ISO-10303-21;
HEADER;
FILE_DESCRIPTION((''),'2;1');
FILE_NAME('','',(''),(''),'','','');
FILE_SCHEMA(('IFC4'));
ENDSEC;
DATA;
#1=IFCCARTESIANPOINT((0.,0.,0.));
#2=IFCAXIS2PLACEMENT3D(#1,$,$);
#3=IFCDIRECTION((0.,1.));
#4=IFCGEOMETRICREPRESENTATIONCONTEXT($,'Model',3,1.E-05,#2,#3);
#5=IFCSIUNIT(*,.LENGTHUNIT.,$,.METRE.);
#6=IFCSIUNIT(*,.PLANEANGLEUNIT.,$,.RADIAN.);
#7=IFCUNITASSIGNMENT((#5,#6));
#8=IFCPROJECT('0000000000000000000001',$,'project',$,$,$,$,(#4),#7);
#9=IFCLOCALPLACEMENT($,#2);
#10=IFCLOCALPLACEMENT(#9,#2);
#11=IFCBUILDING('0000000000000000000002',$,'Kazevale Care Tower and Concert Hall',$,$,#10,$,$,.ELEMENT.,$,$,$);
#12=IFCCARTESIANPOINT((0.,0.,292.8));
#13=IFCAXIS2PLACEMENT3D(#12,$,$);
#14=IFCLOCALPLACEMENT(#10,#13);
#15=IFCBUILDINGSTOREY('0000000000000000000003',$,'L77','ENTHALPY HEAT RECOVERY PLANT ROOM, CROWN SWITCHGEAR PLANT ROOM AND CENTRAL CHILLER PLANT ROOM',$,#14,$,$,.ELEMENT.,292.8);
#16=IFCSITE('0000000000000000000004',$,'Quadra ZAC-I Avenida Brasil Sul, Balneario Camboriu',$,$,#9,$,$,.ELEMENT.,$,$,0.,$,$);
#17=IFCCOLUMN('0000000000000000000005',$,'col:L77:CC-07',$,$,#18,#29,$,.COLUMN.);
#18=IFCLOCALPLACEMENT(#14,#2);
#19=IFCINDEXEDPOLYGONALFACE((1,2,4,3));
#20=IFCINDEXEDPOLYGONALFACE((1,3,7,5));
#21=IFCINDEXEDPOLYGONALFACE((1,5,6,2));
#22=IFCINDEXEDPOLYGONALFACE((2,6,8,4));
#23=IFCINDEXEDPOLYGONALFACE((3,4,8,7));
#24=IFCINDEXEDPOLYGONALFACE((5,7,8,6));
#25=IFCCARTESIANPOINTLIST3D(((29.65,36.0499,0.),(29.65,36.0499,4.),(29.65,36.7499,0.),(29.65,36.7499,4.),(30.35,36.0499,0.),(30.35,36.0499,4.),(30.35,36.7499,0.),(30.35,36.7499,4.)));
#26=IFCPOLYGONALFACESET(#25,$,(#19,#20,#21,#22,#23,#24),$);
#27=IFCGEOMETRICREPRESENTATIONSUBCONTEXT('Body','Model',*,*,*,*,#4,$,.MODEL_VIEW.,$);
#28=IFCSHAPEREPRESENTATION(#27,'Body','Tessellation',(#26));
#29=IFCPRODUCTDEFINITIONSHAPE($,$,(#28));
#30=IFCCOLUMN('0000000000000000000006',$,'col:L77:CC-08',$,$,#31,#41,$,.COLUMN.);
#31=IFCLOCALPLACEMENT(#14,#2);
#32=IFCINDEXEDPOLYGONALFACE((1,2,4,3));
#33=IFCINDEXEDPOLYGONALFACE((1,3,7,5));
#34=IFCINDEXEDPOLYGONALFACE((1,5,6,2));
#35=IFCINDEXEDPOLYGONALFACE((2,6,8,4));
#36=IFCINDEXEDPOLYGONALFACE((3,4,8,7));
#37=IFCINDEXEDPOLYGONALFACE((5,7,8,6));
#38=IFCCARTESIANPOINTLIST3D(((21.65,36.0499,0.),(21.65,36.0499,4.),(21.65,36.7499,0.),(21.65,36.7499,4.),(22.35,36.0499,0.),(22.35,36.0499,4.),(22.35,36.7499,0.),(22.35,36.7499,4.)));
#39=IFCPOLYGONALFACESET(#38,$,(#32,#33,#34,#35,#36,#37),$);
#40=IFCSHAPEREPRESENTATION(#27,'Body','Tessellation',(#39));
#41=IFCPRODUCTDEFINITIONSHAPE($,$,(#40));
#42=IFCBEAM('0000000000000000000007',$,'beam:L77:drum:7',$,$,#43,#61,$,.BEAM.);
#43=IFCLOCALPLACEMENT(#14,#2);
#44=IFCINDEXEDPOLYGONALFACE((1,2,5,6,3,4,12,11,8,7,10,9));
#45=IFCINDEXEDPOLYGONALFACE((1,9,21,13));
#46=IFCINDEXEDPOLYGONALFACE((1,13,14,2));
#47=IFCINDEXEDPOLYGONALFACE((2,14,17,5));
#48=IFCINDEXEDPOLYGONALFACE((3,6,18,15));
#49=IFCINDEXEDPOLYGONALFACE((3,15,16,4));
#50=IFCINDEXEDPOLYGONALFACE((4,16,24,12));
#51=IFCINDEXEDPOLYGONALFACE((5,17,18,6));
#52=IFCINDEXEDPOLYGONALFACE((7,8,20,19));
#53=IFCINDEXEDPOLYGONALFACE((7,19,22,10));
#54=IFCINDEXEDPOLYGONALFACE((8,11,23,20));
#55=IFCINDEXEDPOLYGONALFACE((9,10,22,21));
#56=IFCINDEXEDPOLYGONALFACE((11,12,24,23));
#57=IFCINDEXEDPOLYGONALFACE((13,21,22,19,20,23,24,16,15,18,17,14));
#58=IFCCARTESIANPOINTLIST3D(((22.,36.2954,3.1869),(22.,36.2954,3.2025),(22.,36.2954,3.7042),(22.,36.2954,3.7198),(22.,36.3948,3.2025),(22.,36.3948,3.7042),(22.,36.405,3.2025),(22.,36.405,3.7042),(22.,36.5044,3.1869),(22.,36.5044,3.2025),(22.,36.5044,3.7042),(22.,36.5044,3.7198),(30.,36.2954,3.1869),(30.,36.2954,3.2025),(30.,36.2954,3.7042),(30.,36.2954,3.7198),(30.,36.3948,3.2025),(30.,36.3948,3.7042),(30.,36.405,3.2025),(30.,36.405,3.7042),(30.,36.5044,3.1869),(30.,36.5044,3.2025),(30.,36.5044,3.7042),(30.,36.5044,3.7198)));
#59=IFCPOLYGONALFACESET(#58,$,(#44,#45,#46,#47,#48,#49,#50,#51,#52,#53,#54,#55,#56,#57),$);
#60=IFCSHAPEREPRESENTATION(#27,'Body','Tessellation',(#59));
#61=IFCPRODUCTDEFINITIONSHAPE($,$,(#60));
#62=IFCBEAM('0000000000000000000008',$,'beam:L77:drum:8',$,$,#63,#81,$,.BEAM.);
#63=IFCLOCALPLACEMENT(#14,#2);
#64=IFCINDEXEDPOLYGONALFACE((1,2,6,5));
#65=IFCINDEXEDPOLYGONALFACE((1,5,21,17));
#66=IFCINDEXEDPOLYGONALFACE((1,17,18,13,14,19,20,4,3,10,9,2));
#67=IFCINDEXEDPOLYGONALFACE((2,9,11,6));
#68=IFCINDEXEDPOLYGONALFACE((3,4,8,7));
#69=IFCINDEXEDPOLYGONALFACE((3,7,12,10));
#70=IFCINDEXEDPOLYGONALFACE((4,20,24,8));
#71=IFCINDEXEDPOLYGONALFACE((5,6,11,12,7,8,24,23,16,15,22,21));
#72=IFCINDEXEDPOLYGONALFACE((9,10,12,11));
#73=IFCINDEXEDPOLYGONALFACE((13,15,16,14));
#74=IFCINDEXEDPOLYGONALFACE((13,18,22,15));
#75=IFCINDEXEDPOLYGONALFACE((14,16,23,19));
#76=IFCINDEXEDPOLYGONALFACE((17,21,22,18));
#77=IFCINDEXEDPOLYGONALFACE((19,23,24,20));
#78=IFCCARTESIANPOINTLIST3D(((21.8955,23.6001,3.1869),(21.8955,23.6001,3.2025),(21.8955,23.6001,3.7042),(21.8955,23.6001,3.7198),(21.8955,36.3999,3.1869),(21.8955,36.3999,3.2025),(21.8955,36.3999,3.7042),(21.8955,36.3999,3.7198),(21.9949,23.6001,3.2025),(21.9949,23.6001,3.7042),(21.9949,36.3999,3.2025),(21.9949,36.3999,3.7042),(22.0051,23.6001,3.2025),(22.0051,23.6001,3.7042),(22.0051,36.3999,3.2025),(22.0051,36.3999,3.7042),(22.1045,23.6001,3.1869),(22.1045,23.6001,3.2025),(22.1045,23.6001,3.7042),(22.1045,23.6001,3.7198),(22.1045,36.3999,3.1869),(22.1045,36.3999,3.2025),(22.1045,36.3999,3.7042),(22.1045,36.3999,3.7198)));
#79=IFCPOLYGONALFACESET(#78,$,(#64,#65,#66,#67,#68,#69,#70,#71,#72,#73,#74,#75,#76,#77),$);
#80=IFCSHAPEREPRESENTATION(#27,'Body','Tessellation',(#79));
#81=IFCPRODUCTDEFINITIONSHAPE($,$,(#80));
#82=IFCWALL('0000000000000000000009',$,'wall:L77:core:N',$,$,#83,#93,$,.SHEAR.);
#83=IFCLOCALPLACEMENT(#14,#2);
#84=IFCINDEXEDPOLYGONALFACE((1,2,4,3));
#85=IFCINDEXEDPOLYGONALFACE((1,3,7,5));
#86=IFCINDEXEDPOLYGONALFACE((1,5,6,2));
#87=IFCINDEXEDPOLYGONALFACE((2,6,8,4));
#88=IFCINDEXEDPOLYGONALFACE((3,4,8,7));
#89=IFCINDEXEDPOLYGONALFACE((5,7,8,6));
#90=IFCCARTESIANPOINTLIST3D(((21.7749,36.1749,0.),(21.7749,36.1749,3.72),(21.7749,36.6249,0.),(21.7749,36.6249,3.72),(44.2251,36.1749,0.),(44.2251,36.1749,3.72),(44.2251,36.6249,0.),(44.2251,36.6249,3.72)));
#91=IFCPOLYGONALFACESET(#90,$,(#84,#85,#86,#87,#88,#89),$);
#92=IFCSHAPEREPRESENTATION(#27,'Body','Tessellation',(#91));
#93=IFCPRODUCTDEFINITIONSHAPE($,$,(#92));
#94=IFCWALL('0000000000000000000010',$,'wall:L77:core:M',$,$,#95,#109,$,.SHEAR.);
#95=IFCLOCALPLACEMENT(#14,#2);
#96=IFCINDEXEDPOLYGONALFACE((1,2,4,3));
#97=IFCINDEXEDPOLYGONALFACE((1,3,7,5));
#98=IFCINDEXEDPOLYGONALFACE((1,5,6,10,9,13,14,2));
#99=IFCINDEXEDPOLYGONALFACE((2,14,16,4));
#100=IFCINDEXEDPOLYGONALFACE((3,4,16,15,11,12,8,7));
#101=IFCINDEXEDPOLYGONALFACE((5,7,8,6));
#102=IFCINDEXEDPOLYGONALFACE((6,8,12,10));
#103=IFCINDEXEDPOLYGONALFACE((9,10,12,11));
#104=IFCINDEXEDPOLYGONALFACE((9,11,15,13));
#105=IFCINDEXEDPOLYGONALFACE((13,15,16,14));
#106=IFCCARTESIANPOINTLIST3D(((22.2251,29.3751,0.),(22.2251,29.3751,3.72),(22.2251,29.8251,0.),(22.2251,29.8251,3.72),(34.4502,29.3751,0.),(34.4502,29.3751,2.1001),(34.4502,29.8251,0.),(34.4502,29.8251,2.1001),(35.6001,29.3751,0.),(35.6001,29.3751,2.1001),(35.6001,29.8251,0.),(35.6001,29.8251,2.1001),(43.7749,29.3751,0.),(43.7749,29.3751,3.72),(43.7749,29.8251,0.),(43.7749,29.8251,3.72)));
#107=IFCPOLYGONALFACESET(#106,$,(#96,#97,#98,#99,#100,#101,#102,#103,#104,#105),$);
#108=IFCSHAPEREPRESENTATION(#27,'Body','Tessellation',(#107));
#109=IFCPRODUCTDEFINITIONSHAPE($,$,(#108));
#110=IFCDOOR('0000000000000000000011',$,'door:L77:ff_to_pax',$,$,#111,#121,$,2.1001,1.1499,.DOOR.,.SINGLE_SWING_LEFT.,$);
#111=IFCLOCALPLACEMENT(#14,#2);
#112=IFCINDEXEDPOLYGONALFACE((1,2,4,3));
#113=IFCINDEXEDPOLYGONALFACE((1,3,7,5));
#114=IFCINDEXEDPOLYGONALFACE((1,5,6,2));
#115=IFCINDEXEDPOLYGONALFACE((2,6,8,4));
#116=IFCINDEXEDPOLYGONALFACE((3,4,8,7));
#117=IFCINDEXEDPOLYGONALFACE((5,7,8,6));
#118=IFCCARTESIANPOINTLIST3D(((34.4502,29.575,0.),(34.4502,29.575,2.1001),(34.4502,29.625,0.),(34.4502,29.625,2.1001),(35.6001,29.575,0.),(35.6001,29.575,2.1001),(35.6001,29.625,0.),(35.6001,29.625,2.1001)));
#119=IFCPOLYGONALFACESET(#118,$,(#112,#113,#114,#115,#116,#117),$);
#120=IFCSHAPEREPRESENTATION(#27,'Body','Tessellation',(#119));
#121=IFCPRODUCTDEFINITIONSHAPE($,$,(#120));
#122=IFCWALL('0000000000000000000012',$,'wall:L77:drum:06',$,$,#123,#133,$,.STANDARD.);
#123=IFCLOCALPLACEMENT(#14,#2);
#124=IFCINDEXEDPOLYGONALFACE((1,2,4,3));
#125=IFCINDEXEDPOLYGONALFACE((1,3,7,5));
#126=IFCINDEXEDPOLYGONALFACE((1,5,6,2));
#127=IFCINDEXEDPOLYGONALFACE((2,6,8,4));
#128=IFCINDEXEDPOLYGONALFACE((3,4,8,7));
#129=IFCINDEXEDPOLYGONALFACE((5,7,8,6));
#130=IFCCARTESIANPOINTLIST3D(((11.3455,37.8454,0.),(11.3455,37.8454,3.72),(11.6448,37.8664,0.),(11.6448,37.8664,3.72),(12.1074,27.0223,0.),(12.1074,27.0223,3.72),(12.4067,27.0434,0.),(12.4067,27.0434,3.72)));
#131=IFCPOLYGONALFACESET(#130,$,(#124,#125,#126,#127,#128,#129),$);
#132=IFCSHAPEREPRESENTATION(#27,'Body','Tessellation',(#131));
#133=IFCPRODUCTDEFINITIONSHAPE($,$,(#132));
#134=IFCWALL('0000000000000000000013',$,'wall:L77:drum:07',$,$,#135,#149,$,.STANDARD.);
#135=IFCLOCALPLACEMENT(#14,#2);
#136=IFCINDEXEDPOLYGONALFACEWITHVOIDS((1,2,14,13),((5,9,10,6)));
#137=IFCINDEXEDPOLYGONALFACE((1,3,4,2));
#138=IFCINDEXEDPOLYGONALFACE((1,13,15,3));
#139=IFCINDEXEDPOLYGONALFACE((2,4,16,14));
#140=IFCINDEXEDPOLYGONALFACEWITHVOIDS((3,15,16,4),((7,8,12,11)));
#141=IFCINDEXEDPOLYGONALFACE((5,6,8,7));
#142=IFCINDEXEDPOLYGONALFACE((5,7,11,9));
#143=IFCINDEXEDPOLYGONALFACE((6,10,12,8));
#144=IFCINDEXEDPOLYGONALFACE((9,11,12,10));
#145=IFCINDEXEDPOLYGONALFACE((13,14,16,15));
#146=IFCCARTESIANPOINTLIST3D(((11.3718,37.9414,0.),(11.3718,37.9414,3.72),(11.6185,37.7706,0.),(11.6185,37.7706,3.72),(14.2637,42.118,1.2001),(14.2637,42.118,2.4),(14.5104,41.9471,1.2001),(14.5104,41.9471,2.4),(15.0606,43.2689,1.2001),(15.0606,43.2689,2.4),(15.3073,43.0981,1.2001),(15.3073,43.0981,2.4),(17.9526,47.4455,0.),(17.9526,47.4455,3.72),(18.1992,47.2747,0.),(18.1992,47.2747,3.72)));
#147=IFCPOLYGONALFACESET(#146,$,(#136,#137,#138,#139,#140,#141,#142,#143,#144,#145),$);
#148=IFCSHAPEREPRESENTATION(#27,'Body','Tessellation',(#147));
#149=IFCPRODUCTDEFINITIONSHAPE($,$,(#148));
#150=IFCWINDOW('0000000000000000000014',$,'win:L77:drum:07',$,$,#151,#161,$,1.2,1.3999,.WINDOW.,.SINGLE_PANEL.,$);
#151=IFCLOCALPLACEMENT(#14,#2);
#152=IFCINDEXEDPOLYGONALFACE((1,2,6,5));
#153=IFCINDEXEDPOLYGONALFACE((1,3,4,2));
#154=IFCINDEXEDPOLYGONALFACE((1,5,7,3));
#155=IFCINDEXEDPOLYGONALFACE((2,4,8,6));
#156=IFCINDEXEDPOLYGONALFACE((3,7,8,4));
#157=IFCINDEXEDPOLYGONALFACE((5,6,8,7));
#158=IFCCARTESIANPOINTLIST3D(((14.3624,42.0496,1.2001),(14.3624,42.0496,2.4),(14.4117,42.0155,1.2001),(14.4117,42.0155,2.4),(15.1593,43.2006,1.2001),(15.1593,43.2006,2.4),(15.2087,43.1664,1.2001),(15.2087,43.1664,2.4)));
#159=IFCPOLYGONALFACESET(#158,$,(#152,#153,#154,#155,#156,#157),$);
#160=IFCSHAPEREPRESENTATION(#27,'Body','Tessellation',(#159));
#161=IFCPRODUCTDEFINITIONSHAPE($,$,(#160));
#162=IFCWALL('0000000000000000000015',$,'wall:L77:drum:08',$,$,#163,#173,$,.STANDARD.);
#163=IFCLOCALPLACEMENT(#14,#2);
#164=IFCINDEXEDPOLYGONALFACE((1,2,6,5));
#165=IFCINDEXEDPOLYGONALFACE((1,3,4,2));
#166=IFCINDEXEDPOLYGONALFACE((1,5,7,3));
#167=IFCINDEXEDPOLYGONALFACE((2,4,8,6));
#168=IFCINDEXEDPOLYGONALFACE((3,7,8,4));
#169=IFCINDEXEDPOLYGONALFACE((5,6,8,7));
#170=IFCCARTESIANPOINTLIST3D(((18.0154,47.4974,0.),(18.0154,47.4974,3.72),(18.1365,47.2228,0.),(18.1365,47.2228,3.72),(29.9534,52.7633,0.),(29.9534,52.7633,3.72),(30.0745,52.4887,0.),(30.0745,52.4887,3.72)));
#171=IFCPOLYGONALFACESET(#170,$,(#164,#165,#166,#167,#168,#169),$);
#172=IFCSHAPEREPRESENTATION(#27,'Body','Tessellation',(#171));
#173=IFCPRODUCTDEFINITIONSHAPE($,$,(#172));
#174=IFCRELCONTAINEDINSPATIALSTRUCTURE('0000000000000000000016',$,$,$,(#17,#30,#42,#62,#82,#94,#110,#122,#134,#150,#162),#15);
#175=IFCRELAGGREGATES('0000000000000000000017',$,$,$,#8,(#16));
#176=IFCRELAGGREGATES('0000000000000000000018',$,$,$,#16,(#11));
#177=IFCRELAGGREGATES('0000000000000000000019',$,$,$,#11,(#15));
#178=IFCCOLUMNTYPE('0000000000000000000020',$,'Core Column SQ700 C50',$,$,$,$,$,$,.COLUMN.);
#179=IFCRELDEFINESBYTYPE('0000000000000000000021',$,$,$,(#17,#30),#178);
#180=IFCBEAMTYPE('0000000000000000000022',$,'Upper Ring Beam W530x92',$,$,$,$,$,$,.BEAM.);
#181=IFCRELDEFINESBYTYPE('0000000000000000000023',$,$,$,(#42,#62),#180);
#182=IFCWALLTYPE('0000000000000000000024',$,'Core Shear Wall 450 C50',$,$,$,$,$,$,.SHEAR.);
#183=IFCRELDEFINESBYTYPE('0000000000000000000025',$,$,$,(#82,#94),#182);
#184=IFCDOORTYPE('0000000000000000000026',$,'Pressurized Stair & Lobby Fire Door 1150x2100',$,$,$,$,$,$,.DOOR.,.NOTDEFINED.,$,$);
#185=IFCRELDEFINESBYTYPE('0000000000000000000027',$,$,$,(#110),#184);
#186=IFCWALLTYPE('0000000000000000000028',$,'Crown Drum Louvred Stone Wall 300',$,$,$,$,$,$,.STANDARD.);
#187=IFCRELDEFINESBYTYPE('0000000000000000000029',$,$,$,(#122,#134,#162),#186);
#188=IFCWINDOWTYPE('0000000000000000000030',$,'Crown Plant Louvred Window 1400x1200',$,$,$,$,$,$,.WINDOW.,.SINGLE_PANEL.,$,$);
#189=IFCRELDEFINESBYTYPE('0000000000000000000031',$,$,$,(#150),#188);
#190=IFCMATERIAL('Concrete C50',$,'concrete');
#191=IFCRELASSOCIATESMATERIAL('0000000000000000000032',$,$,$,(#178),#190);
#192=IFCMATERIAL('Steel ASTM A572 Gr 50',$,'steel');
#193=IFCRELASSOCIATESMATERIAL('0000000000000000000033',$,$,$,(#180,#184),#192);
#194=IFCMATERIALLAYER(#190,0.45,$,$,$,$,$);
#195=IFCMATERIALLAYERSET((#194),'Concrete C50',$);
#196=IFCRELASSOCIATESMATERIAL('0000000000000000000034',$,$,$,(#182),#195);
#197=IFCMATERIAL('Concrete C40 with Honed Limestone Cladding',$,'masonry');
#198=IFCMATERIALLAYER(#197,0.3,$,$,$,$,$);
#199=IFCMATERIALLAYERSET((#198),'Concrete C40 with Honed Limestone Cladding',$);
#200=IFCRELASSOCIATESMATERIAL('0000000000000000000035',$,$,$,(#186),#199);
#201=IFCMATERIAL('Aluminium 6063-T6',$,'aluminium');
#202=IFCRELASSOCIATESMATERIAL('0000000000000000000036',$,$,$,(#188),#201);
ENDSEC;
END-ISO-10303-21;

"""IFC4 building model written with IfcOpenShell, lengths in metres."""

from ifc_helpers import new_model, si_unit, direction, frame, frame_2d, origin, origin_2d, place, context, subcontext, project, spatial, rectangle, i_section, extrude, material, layer, layer_set, material_profile, profile_set, type_object, element, fill, save


model = new_model("IFC4")

# Units and contexts
model_context = context("Model", 3, precision=1e-05, world=origin(), true_north=direction((0.0, 1.0)))
body_context = subcontext(model_context, "Body", "Model", "MODEL_VIEW")
ifc_project = project(units=[si_unit("LENGTHUNIT", "METRE"), si_unit("PLANEANGLEUNIT", "RADIAN")], contexts=[model_context])

# Site, building, storey
site_placement = place(None, origin())
site = spatial("IfcSite", under=ifc_project, at=site_placement, Name="Quadra ZAC-I Avenida Brasil Sul, Balneario Camboriu", CompositionType="ELEMENT", RefElevation=0.0)
building_placement = place(site_placement, origin())
building = spatial("IfcBuilding", under=site, at=building_placement, Name="Kazevale Care Tower and Concert Hall", CompositionType="ELEMENT")
storey_placement = place(building_placement, frame((0.0, 0.0, 292.8)))
storey = spatial("IfcBuildingStorey", under=building, at=storey_placement, Name="L77", Description="ENTHALPY HEAT RECOVERY PLANT ROOM, CROWN SWITCHGEAR PLANT ROOM AND CENTRAL CHILLER PLANT ROOM", CompositionType="ELEMENT", Elevation=292.8)

# Columns
ifc_material_1 = material(Name="Concrete C50", Category="concrete")
ifc_material_profile_1 = material_profile(ifc_material_1, rectangle(XDim=0.7, YDim=0.7, at=origin_2d()), Name="RC-SQ700")
ifc_profile_set_1 = profile_set([ifc_material_profile_1], Name="Concrete C50")
column_type = type_object("IfcColumnType", Name="Core Column SQ700 C50", PredefinedType="COLUMN", material=ifc_profile_set_1)
for number, where, z_axis, x_axis, name in (
    (1, (30.0, 36.3999, 0.0), (0.0, 0.0, 1.0), (1.0, 0.0, 0.0), "col:L77:CC-07"),
    (2, (22.0, 36.3999, 0.0), (0.0, 0.0, 1.0), (1.0, 0.0, 0.0), "col:L77:CC-08"),
):
    element("IfcColumn", number, at=place(storey_placement, frame(where, z_axis=z_axis, x_axis=x_axis)), inside=storey, type_object=column_type, Name=name, PredefinedType="COLUMN", context=body_context, shape_type="SweptSolid", body=[
        extrude(rectangle(XDim=0.7, YDim=0.7, at=origin_2d()), origin(), (0.0, 0.0, 1.0), 4.0),
    ])

# Beams
ifc_material_2 = material(Name="Steel ASTM A572 Gr 50", Category="steel")
ifc_material_profile_2 = material_profile(ifc_material_2, i_section(OverallWidth=0.209, OverallDepth=0.533, WebThickness=0.0103, FlangeThickness=0.0156, at=origin_2d()), Name="W530x92")
ifc_profile_set_2 = profile_set([ifc_material_profile_2], Name="Steel ASTM A572 Gr 50")
beam_type = type_object("IfcBeamType", Name="Upper Ring Beam W530x92", PredefinedType="BEAM", material=ifc_profile_set_2)
beam_1_placement = place(storey_placement, frame((30.0, 36.3999, 3.4534), z_axis=(-1.0, 0.0, 0.0), x_axis=(0.0, -1.0, 0.0)))
element("IfcBeam", 3, at=beam_1_placement, inside=storey, type_object=beam_type, Name="beam:L77:drum:7", PredefinedType="BEAM", context=body_context, shape_type="SweptSolid", body=[
    extrude(i_section(OverallWidth=0.209, OverallDepth=0.533, WebThickness=0.0103, FlangeThickness=0.0156, at=origin_2d()), origin(), (0.0, 0.0, 1.0), 8.0),
])
beam_2_placement = place(storey_placement, frame((22.0, 36.3999, 3.4534), z_axis=(0.0, -1.0, 0.0), x_axis=(1.0, 0.0, 0.0)))
element("IfcBeam", 4, at=beam_2_placement, inside=storey, type_object=beam_type, Name="beam:L77:drum:8", PredefinedType="BEAM", context=body_context, shape_type="SweptSolid", body=[
    extrude(i_section(OverallWidth=0.209, OverallDepth=0.533, WebThickness=0.0103, FlangeThickness=0.0156, at=origin_2d()), origin(), (0.0, 0.0, 1.0), 12.7998),
])

# Wall
ifc_layer_1 = layer(ifc_material_1, 0.45)
ifc_layer_set_1 = layer_set([ifc_layer_1], Name="Concrete C50")
wall_type_1 = type_object("IfcWallType", Name="Core Shear Wall 450 C50", PredefinedType="SHEAR", material=ifc_layer_set_1)
wall_1_placement = place(storey_placement, frame((21.7749, 36.3999, 0.0), z_axis=(0.0, 0.0, 1.0), x_axis=(1.0, 0.0, 0.0)))
element("IfcWall", 5, at=wall_1_placement, inside=storey, type_object=wall_type_1, Name="wall:L77:core:N", PredefinedType="SHEAR", context=body_context, shape_type="SweptSolid", body=[
    extrude(rectangle(XDim=22.4502, YDim=0.45, at=frame_2d((11.2251, 0.0))), origin(), (0.0, 0.0, 1.0), 3.72),
])

# Wall, opening, door
wall_2_placement = place(storey_placement, frame((22.2251, 29.6001, 0.0), z_axis=(0.0, 0.0, 1.0), x_axis=(1.0, 0.0, 0.0)))
wall_2 = element("IfcWall", 6, at=wall_2_placement, inside=storey, type_object=wall_type_1, Name="wall:L77:core:M", PredefinedType="SHEAR", context=body_context, shape_type="SweptSolid", body=[
    extrude(rectangle(XDim=21.5498, YDim=0.45, at=frame_2d((10.7749, 0.0))), origin(), (0.0, 0.0, 1.0), 3.72),
])
opening_1_placement = place(wall_2_placement, frame((12.2251, 0.0, 0.0)))
opening_1 = element("IfcOpeningElement", 7, at=opening_1_placement, cuts=wall_2, PredefinedType="OPENING", context=body_context, shape_type="SweptSolid", body=[
    extrude(rectangle(XDim=1.1499, YDim=2.1001, at=frame_2d((0.575, 1.05))), frame((0.0, 0.2349, 0.0), z_axis=(0.0, -1.0, 0.0), x_axis=(1.0, 0.0, 0.0)), (0.0, 0.0, 1.0), 0.47),
])
door_type_1 = type_object("IfcDoorType", Name="Pressurized Stair & Lobby Fire Door 1150x2100", OperationType="NOTDEFINED", PredefinedType="DOOR", material=ifc_material_2)
door_1_placement = place(opening_1_placement, origin())
door_1 = element("IfcDoor", 8, at=door_1_placement, inside=storey, type_object=door_type_1, Name="door:L77:ff_to_pax", OperationType="SINGLE_SWING_LEFT", OverallHeight=2.1001, OverallWidth=1.1499, PredefinedType="DOOR", context=body_context, shape_type="SweptSolid", body=[
    extrude(rectangle(XDim=1.1499, YDim=2.1001, at=frame_2d((0.575, 1.05))), frame((0.0, 0.0249, 0.0), z_axis=(0.0, -1.0, 0.0), x_axis=(1.0, 0.0, 0.0)), (0.0, 0.0, 1.0), 0.05),
])
fill(opening_1, door_1)

# Wall
ifc_material_3 = material(Name="Concrete C40 with Honed Limestone Cladding", Category="masonry")
ifc_layer_2 = layer(ifc_material_3, 0.3)
ifc_layer_set_2 = layer_set([ifc_layer_2], Name="Concrete C40 with Honed Limestone Cladding")
wall_type_2 = type_object("IfcWallType", Name="Crown Drum Louvred Stone Wall 300", PredefinedType="STANDARD", material=ifc_layer_set_2)
wall_3_placement = place(storey_placement, frame((12.2571, 27.033, 0.0), z_axis=(0.0, 0.0, 1.0), x_axis=(-0.070228, 0.997531, 0.0)))
element("IfcWall", 9, at=wall_3_placement, inside=storey, type_object=wall_type_2, Name="wall:L77:drum:06", PredefinedType="STANDARD", context=body_context, shape_type="SweptSolid", body=[
    extrude(rectangle(XDim=10.8499, YDim=0.3, at=frame_2d((5.4248, 0.0))), origin(), (0.0, 0.0, 1.0), 3.72),
])

# Wall, opening, window
wall_4_placement = place(storey_placement, frame((11.4951, 37.856, 0.0), z_axis=(0.0, 0.0, 1.0), x_axis=(0.569269, 0.822151, 0.0)))
wall_4 = element("IfcWall", 10, at=wall_4_placement, inside=storey, type_object=wall_type_2, Name="wall:L77:drum:07", PredefinedType="STANDARD", context=body_context, shape_type="SweptSolid", body=[
    extrude(rectangle(XDim=11.5601, YDim=0.3, at=frame_2d((5.78, 0.0))), origin(), (0.0, 0.0, 1.0), 3.72),
])
opening_2_placement = place(wall_4_placement, frame((5.0801, 0.0, 1.2)))
opening_2 = element("IfcOpeningElement", 11, at=opening_2_placement, cuts=wall_4, PredefinedType="OPENING", context=body_context, shape_type="SweptSolid", body=[
    extrude(rectangle(XDim=1.3999, YDim=1.2, at=frame_2d((0.7, 0.6001))), frame((0.0, 0.1599, 0.0), z_axis=(0.0, -1.0, 0.0), x_axis=(1.0, 0.0, 0.0)), (0.0, 0.0, 1.0), 0.3201),
])
ifc_material_4 = material(Name="Aluminium 6063-T6", Category="aluminium")
window_type = type_object("IfcWindowType", Name="Crown Plant Louvred Window 1400x1200", PartitioningType="SINGLE_PANEL", PredefinedType="WINDOW", material=ifc_material_4)
window_1_placement = place(opening_2_placement, origin())
window_1 = element("IfcWindow", 12, at=window_1_placement, inside=storey, type_object=window_type, Name="win:L77:drum:07", OverallHeight=1.2, OverallWidth=1.3999, PartitioningType="SINGLE_PANEL", PredefinedType="WINDOW", context=body_context, shape_type="SweptSolid", body=[
    extrude(rectangle(XDim=1.3999, YDim=1.2, at=frame_2d((0.7, 0.6001))), frame((0.0, 0.03, 0.0), z_axis=(0.0, -1.0, 0.0), x_axis=(1.0, 0.0, 0.0)), (0.0, 0.0, 1.0), 0.0601),
])
fill(opening_2, window_1)

# Wall
wall_5_placement = place(storey_placement, frame((18.0759, 47.3601, 0.0), z_axis=(0.0, 0.0, 1.0), x_axis=(0.914943, 0.403583, 0.0)))
element("IfcWall", 13, at=wall_5_placement, inside=storey, type_object=wall_type_2, Name="wall:L77:drum:08", PredefinedType="STANDARD", context=body_context, shape_type="SweptSolid", body=[
    extrude(rectangle(XDim=13.0479, YDim=0.3, at=frame_2d((6.5239, 0.0))), origin(), (0.0, 0.0, 1.0), 3.72),
])

save(model, "model.ifc")
